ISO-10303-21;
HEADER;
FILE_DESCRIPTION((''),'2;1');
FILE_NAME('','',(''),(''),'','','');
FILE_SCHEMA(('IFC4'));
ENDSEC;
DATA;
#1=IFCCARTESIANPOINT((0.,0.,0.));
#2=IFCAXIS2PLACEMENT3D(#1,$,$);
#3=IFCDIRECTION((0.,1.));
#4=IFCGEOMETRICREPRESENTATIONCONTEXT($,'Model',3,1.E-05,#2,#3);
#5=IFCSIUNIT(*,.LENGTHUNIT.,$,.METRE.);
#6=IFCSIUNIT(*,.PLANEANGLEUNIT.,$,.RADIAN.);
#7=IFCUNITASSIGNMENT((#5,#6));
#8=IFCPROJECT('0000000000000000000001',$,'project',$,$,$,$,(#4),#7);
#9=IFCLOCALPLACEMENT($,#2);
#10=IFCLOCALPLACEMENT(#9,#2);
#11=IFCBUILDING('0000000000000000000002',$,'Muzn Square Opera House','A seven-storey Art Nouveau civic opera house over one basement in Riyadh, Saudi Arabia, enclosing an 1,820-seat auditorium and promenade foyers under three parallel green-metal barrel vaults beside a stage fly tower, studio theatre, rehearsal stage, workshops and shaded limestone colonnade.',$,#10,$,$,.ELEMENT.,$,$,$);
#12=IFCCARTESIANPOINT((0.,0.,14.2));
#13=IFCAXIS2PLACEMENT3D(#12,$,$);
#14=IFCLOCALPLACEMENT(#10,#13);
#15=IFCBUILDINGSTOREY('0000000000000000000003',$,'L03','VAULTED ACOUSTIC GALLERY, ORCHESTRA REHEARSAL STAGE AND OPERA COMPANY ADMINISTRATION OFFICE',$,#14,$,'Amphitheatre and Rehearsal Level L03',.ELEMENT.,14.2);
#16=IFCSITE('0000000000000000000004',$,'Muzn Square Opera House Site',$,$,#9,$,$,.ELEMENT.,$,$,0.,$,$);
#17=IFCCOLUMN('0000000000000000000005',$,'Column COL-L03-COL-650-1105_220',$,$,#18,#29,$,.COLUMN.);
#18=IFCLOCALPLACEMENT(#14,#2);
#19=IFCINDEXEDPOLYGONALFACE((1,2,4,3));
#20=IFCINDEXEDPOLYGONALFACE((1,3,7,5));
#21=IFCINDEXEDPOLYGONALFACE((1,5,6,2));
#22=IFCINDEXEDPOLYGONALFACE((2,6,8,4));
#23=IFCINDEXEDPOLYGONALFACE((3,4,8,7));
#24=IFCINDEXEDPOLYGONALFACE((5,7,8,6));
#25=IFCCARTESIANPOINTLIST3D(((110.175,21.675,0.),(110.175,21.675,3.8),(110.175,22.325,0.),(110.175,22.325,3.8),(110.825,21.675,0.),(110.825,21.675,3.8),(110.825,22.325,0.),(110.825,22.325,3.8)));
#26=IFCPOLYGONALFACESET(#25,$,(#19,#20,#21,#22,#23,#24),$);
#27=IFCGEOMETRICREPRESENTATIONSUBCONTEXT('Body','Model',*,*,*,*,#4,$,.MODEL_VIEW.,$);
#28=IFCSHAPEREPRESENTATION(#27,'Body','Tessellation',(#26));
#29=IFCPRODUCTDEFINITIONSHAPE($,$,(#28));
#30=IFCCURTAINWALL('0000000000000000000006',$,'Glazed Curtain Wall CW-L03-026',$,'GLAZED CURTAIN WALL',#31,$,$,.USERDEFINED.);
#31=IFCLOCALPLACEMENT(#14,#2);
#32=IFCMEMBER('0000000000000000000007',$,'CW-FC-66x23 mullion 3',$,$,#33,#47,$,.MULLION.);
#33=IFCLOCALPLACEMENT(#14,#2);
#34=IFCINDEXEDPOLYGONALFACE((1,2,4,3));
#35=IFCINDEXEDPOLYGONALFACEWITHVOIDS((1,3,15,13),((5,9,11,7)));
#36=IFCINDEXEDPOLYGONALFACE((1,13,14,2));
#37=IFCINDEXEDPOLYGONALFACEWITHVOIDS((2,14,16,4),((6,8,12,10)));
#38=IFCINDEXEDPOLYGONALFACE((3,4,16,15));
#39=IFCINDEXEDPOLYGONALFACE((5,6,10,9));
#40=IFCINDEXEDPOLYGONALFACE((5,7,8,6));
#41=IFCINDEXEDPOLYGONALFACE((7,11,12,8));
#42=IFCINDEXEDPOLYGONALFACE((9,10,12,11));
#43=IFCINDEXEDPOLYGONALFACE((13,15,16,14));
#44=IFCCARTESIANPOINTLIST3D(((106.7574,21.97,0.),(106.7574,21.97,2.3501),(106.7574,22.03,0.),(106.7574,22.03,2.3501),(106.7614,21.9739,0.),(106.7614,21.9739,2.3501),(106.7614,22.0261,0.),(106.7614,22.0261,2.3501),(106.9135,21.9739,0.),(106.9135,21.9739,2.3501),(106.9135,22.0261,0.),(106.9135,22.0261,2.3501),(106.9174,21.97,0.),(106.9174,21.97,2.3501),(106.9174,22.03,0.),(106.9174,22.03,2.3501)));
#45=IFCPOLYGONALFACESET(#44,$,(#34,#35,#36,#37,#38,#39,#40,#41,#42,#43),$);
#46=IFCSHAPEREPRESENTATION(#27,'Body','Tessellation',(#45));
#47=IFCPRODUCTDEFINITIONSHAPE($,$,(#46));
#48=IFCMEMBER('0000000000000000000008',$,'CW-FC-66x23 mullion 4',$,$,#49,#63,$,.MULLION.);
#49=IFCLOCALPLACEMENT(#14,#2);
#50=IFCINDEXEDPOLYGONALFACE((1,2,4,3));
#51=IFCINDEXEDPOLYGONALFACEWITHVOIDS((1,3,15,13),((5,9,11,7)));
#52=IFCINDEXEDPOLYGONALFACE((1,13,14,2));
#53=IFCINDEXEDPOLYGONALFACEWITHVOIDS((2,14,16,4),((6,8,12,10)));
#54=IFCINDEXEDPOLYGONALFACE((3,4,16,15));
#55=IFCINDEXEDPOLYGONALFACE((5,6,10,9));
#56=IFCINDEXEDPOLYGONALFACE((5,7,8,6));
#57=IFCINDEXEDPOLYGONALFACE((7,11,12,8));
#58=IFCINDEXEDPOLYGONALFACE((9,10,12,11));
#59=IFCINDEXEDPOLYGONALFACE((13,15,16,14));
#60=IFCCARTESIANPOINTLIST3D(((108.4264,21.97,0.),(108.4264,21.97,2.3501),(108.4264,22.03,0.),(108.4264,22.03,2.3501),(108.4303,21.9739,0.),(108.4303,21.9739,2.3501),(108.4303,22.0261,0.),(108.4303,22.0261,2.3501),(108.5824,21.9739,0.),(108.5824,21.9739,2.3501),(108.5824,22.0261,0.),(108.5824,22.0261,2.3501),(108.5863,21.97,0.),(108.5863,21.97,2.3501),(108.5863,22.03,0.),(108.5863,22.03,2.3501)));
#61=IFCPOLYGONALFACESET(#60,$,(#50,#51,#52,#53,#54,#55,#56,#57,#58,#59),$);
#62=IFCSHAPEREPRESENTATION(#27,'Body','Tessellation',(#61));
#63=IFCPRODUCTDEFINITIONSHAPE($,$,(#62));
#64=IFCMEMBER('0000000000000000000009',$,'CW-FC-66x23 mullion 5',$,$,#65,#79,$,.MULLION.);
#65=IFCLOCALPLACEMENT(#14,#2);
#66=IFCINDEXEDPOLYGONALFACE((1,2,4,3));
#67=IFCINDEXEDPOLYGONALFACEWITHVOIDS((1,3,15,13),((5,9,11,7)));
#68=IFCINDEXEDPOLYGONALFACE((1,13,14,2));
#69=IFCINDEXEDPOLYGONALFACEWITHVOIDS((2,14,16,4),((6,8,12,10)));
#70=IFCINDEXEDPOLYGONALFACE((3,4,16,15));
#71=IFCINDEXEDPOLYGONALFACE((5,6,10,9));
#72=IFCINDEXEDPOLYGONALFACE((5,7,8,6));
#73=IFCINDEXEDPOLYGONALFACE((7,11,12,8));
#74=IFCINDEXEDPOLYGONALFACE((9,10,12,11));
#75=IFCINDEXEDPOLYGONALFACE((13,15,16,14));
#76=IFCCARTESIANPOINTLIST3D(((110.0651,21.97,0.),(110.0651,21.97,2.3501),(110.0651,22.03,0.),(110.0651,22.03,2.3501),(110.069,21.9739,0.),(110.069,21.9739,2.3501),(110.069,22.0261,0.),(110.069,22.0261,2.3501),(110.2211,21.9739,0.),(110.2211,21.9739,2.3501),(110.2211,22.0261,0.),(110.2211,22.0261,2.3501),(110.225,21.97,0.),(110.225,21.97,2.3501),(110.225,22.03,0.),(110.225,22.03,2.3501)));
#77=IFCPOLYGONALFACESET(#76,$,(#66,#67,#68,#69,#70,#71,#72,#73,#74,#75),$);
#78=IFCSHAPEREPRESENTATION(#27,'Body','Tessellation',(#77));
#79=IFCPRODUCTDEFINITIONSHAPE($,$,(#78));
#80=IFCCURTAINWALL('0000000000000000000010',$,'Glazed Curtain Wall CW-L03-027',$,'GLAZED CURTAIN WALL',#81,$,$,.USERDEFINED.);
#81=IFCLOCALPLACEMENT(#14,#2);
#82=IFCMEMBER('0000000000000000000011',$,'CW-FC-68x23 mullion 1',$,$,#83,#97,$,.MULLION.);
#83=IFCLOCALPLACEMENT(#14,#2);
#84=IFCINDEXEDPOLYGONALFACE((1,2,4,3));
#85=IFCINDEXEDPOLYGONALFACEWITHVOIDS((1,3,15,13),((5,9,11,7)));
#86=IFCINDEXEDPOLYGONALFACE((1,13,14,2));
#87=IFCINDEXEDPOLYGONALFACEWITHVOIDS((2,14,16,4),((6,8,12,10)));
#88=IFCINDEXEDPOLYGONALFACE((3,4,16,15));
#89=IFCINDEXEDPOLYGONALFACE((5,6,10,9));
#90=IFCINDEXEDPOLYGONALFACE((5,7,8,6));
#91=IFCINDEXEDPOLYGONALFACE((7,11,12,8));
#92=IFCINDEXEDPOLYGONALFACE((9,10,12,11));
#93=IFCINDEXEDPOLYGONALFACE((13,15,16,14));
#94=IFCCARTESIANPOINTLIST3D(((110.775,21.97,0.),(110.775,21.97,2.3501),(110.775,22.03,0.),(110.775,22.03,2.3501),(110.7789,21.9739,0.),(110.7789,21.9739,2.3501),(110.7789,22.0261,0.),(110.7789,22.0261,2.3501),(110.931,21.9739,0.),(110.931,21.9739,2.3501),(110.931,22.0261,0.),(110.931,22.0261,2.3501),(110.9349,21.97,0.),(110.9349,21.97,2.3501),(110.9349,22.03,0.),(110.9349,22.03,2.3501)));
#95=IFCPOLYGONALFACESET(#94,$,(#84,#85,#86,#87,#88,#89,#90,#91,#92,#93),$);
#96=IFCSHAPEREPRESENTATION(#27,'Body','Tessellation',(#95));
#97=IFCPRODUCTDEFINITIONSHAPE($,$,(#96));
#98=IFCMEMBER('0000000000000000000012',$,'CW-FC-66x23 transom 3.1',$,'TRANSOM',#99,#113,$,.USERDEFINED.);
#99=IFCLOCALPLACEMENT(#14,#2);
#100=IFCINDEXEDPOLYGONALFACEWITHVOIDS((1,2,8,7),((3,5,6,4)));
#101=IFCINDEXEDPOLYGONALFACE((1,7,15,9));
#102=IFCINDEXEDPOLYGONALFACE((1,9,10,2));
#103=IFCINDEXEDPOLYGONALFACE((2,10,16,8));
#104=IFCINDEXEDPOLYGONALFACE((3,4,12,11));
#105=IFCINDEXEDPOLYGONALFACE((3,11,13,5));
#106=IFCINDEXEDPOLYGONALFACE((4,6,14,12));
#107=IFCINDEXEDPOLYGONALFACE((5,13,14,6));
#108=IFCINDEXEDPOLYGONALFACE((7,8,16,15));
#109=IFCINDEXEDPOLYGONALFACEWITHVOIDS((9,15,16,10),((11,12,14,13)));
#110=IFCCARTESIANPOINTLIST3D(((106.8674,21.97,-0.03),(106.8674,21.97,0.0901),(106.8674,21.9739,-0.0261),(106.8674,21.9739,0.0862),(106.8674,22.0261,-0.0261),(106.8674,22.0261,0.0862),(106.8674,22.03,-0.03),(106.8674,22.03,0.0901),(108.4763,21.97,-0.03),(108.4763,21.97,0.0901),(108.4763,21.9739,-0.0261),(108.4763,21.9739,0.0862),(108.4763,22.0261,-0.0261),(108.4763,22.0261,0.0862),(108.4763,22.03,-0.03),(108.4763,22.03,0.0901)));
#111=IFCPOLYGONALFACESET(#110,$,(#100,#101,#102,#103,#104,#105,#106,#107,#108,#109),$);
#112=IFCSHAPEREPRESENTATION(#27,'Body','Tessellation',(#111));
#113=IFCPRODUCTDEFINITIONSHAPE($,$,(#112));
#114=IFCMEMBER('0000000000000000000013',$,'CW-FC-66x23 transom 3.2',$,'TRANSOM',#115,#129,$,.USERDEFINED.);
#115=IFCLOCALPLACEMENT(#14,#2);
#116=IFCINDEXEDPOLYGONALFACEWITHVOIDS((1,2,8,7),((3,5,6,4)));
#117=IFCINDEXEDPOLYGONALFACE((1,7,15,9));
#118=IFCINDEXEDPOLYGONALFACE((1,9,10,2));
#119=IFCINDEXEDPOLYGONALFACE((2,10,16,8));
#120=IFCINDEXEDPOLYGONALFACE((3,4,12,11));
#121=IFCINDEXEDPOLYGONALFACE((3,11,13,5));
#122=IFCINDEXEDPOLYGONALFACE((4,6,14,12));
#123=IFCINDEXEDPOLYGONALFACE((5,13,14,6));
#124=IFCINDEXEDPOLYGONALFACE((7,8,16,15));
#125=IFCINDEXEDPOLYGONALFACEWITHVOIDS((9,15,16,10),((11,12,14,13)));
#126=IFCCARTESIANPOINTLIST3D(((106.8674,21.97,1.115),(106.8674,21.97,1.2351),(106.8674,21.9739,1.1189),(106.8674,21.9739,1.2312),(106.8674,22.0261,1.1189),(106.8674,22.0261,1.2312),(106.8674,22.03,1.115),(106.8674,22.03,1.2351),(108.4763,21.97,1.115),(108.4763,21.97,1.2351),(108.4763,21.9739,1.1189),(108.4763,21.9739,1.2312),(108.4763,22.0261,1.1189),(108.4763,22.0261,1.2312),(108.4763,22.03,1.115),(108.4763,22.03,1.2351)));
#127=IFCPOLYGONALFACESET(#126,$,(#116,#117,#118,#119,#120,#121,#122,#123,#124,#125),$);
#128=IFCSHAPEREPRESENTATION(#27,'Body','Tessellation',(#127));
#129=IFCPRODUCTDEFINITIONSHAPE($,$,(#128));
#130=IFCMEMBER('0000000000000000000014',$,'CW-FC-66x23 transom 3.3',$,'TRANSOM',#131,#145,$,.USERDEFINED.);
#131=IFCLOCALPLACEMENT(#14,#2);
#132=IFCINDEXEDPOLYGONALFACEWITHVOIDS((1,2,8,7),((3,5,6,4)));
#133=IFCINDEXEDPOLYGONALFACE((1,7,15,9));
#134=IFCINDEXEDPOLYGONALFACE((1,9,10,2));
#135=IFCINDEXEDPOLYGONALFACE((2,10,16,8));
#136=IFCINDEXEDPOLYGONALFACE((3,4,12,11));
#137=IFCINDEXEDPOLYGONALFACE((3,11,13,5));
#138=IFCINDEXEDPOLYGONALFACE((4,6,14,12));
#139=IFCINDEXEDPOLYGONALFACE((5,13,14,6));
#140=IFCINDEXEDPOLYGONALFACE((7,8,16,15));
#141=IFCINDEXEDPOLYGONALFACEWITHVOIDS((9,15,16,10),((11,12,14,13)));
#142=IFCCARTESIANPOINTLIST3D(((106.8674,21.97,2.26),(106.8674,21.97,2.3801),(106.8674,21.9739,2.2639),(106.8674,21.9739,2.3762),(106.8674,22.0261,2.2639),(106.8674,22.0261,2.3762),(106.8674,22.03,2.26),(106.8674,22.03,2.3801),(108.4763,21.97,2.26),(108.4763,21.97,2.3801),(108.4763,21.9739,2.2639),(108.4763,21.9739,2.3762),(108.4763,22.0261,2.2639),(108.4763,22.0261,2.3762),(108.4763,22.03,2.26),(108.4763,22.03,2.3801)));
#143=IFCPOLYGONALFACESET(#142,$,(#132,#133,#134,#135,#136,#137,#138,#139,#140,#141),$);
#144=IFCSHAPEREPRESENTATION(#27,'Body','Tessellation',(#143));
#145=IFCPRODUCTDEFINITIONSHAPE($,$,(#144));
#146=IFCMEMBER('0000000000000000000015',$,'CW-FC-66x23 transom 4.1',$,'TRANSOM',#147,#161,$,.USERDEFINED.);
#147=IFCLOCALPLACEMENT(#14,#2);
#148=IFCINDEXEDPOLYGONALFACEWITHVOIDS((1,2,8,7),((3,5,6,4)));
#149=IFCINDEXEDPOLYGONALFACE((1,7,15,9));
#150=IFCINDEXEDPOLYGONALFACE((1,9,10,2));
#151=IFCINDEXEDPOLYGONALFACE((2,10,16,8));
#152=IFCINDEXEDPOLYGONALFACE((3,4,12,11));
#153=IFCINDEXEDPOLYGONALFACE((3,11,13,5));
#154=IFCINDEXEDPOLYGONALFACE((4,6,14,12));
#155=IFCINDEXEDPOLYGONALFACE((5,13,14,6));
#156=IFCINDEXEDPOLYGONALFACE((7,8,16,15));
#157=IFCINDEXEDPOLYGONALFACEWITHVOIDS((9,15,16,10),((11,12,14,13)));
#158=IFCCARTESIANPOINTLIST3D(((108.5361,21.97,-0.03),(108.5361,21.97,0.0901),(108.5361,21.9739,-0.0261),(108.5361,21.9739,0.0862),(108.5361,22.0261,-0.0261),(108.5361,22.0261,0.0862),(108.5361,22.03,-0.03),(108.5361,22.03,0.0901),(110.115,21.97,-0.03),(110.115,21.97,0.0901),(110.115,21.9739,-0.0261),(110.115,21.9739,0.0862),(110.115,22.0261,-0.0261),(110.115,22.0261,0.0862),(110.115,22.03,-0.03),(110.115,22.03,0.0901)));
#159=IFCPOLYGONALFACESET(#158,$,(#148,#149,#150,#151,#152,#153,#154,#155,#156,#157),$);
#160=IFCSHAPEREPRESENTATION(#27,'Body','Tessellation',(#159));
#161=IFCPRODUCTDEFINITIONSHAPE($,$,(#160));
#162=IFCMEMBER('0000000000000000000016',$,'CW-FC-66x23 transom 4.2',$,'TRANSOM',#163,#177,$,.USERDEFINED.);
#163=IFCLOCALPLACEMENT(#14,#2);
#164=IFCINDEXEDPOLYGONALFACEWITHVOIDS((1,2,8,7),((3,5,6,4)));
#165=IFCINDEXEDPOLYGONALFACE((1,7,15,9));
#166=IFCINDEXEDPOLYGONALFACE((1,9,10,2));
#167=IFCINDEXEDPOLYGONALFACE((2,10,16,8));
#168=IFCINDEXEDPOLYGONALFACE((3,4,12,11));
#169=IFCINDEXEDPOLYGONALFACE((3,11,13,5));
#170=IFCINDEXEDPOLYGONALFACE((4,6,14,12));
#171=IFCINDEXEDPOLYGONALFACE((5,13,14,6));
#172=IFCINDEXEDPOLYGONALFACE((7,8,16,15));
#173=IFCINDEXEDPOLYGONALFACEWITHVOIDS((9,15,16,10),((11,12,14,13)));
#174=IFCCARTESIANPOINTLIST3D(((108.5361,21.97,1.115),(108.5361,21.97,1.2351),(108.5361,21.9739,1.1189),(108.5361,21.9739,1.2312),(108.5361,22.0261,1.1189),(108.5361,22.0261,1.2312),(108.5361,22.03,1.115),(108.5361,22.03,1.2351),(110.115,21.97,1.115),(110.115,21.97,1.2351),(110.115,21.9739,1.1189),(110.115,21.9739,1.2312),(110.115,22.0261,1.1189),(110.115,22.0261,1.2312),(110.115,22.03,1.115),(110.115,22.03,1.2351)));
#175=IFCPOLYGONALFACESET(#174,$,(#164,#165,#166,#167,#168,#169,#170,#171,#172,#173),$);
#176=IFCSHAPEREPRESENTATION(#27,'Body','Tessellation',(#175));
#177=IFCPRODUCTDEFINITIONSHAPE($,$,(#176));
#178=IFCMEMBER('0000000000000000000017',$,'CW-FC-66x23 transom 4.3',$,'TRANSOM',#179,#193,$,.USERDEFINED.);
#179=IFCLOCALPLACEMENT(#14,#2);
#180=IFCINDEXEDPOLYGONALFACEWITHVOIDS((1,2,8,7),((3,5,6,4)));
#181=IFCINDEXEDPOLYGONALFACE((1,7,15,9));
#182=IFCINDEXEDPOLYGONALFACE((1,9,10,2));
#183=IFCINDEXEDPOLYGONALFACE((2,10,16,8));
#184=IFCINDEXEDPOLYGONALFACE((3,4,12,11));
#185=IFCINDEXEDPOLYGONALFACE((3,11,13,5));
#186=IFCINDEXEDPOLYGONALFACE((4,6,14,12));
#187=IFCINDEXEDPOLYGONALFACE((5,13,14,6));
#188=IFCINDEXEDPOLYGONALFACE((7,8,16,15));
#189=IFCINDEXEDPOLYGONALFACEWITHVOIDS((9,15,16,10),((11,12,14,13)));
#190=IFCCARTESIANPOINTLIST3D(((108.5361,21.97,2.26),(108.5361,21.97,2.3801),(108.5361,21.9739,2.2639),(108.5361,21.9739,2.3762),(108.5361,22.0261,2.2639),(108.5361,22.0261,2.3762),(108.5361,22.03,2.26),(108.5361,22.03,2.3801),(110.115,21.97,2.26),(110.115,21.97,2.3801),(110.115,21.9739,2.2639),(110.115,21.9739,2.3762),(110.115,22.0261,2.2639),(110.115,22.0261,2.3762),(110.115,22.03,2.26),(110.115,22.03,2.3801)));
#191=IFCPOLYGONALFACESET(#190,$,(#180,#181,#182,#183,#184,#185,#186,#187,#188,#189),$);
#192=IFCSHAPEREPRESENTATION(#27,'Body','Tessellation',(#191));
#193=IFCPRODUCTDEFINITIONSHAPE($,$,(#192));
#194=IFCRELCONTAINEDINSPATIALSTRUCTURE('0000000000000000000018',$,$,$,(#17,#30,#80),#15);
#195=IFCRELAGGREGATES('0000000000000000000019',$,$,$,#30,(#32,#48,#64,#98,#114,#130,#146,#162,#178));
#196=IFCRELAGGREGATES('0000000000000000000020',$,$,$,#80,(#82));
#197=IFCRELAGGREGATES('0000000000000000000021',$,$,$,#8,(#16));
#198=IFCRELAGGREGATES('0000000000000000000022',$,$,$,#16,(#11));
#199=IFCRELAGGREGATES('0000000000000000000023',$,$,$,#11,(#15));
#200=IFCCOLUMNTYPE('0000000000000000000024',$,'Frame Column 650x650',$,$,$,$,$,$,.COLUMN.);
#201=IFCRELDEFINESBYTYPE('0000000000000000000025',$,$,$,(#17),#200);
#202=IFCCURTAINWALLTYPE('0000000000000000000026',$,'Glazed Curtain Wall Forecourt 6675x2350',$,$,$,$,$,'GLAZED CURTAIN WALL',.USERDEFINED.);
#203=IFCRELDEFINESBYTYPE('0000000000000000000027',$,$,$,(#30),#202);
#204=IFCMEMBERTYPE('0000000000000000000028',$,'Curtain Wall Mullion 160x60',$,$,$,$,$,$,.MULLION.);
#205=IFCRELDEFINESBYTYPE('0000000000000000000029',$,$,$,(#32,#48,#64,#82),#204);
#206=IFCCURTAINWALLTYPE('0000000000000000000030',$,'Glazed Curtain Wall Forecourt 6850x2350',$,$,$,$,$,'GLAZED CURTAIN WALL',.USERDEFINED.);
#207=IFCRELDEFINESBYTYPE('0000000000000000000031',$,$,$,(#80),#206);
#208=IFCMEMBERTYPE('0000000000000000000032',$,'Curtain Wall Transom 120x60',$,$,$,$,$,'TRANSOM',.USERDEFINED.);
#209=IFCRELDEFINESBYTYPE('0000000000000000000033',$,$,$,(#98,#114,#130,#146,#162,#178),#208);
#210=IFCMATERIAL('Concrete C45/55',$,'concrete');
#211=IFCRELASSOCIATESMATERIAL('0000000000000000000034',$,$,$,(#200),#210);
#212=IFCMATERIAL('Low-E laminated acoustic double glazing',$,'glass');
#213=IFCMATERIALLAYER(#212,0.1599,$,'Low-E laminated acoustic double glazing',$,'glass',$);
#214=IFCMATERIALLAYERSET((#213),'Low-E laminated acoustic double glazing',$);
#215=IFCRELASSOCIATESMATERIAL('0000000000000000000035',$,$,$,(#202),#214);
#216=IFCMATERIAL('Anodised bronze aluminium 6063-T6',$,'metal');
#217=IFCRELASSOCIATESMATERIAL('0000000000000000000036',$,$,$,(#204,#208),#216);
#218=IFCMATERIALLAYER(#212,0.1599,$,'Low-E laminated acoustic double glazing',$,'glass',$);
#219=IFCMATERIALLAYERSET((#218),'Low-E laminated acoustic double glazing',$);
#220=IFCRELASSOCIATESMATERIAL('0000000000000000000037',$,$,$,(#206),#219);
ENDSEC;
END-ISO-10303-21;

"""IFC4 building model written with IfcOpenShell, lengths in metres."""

from ifc_helpers import new_model, si_unit, direction, frame, origin, origin_2d, place, context, subcontext, project, spatial, rectangle, hollow_rectangle, extrude, material, layer, layer_set, material_profile, profile_set, type_object, element, aggregate, save


model = new_model("IFC4")

# Units and contexts
model_context = context("Model", 3, precision=1e-05, world=origin(), true_north=direction((0.0, 1.0)))
body_context = subcontext(model_context, "Body", "Model", "MODEL_VIEW")
ifc_project = project(units=[si_unit("LENGTHUNIT", "METRE"), si_unit("PLANEANGLEUNIT", "RADIAN")], contexts=[model_context])

# Site, building, storey
site_placement = place(None, origin())
site = spatial("IfcSite", under=ifc_project, at=site_placement, Name="Muzn Square Opera House Site", CompositionType="ELEMENT", RefElevation=0.0)
building_placement = place(site_placement, origin())
building = spatial("IfcBuilding", under=site, at=building_placement, Name="Muzn Square Opera House", Description="A seven-storey Art Nouveau civic opera house over one basement in Riyadh, Saudi Arabia, enclosing an 1,820-seat auditorium and promenade foyers under three parallel green-metal barrel vaults beside a stage fly tower, studio theatre, rehearsal stage, workshops and shaded limestone colonnade.", CompositionType="ELEMENT")
storey_placement = place(building_placement, frame((0.0, 0.0, 14.2)))
storey = spatial("IfcBuildingStorey", under=building, at=storey_placement, Name="L03", Description="VAULTED ACOUSTIC GALLERY, ORCHESTRA REHEARSAL STAGE AND OPERA COMPANY ADMINISTRATION OFFICE", LongName="Amphitheatre and Rehearsal Level L03", CompositionType="ELEMENT", Elevation=14.2)

# Column
ifc_material_1 = material(Name="Concrete C45/55", Category="concrete")
ifc_material_profile_1 = material_profile(ifc_material_1, rectangle(XDim=0.6499, YDim=0.6499, at=origin_2d()), Name="RC 650x650", Category="concrete")
ifc_profile_set_1 = profile_set([ifc_material_profile_1], Name="Concrete C45/55")
column_type = type_object("IfcColumnType", Name="Frame Column 650x650", PredefinedType="COLUMN", material=ifc_profile_set_1)
column_placement = place(storey_placement, frame((110.5, 22.0, 0.0), z_axis=(0.0, 0.0, 1.0), x_axis=(1.0, 0.0, 0.0)))
element("IfcColumn", 1, at=column_placement, inside=storey, type_object=column_type, Name="Column COL-L03-COL-650-1105_220", PredefinedType="COLUMN", context=body_context, shape_type="SweptSolid", body=[
    extrude(rectangle(XDim=0.6499, YDim=0.6499, at=origin_2d()), origin(), (0.0, 0.0, 1.0), 3.8),
])

# Curtain wall, members
ifc_material_2 = material(Name="Low-E laminated acoustic double glazing", Category="glass")
ifc_layer_1 = layer(ifc_material_2, 0.1599, Name="Low-E laminated acoustic double glazing", Category="glass")
ifc_layer_set_1 = layer_set([ifc_layer_1], Name="Low-E laminated acoustic double glazing")
curtain_wall_type_1 = type_object("IfcCurtainWallType", Name="Glazed Curtain Wall Forecourt 6675x2350", ElementType="GLAZED CURTAIN WALL", PredefinedType="USERDEFINED", material=ifc_layer_set_1)
curtain_wall_1_placement = place(storey_placement, origin())
curtain_wall_1 = element("IfcCurtainWall", 2, at=curtain_wall_1_placement, inside=storey, type_object=curtain_wall_type_1, Name="Glazed Curtain Wall CW-L03-026", ObjectType="GLAZED CURTAIN WALL", PredefinedType="USERDEFINED")
ifc_material_3 = material(Name="Anodised bronze aluminium 6063-T6", Category="metal")
ifc_material_profile_2 = material_profile(ifc_material_3, hollow_rectangle(XDim=0.0601, YDim=0.1599, WallThickness=0.0039, at=origin_2d()), Name="ALU 160x60x4", Category="metal")
ifc_profile_set_2 = profile_set([ifc_material_profile_2], Name="Anodised bronze aluminium 6063-T6")
member_type_1 = type_object("IfcMemberType", Name="Curtain Wall Mullion 160x60", PredefinedType="MULLION", material=ifc_profile_set_2)
member_1_placement = place(storey_placement, frame((106.8374, 22.0, 0.0), z_axis=(0.0, 0.0, 1.0), x_axis=(0.0, 1.0, 0.0)))
member_1 = element("IfcMember", 3, at=member_1_placement, type_object=member_type_1, Name="CW-FC-66x23 mullion 3", PredefinedType="MULLION", context=body_context, shape_type="SweptSolid", body=[
    extrude(hollow_rectangle(XDim=0.0601, YDim=0.1599, WallThickness=0.0039, at=origin_2d()), origin(), (0.0, 0.0, 1.0), 2.3501),
])
member_2_placement = place(storey_placement, frame((108.5063, 22.0, 0.0), z_axis=(0.0, 0.0, 1.0), x_axis=(0.0, 1.0, 0.0)))
member_2 = element("IfcMember", 4, at=member_2_placement, type_object=member_type_1, Name="CW-FC-66x23 mullion 4", PredefinedType="MULLION", context=body_context, shape_type="SweptSolid", body=[
    extrude(hollow_rectangle(XDim=0.0601, YDim=0.1599, WallThickness=0.0039, at=origin_2d()), origin(), (0.0, 0.0, 1.0), 2.3501),
])
member_3_placement = place(storey_placement, frame((110.145, 22.0, 0.0), z_axis=(0.0, 0.0, 1.0), x_axis=(0.0, 1.0, 0.0)))
member_3 = element("IfcMember", 5, at=member_3_placement, type_object=member_type_1, Name="CW-FC-66x23 mullion 5", PredefinedType="MULLION", context=body_context, shape_type="SweptSolid", body=[
    extrude(hollow_rectangle(XDim=0.0601, YDim=0.1599, WallThickness=0.0039, at=origin_2d()), origin(), (0.0, 0.0, 1.0), 2.3501),
])

# Curtain wall, member
ifc_layer_2 = layer(ifc_material_2, 0.1599, Name="Low-E laminated acoustic double glazing", Category="glass")
ifc_layer_set_2 = layer_set([ifc_layer_2], Name="Low-E laminated acoustic double glazing")
curtain_wall_type_2 = type_object("IfcCurtainWallType", Name="Glazed Curtain Wall Forecourt 6850x2350", ElementType="GLAZED CURTAIN WALL", PredefinedType="USERDEFINED", material=ifc_layer_set_2)
curtain_wall_2_placement = place(storey_placement, origin())
curtain_wall_2 = element("IfcCurtainWall", 6, at=curtain_wall_2_placement, inside=storey, type_object=curtain_wall_type_2, Name="Glazed Curtain Wall CW-L03-027", ObjectType="GLAZED CURTAIN WALL", PredefinedType="USERDEFINED")
member_4_placement = place(storey_placement, frame((110.855, 22.0, 0.0), z_axis=(0.0, 0.0, 1.0), x_axis=(0.0, 1.0, 0.0)))
member_4 = element("IfcMember", 7, at=member_4_placement, type_object=member_type_1, Name="CW-FC-68x23 mullion 1", PredefinedType="MULLION", context=body_context, shape_type="SweptSolid", body=[
    extrude(hollow_rectangle(XDim=0.0601, YDim=0.1599, WallThickness=0.0039, at=origin_2d()), origin(), (0.0, 0.0, 1.0), 2.3501),
])

# Members
ifc_material_profile_3 = material_profile(ifc_material_3, hollow_rectangle(XDim=0.0601, YDim=0.1201, WallThickness=0.0039, at=origin_2d()), Name="ALU 120x60x4", Category="metal")
ifc_profile_set_3 = profile_set([ifc_material_profile_3], Name="Anodised bronze aluminium 6063-T6")
member_type_2 = type_object("IfcMemberType", Name="Curtain Wall Transom 120x60", ElementType="TRANSOM", PredefinedType="USERDEFINED", material=ifc_profile_set_3)
member_5_placement = place(storey_placement, frame((106.8674, 22.0, 0.03), z_axis=(1.0, 0.0, 0.0), x_axis=(0.0, 1.0, 0.0)))
member_5 = element("IfcMember", 8, at=member_5_placement, type_object=member_type_2, Name="CW-FC-66x23 transom 3.1", ObjectType="TRANSOM", PredefinedType="USERDEFINED", context=body_context, shape_type="SweptSolid", body=[
    extrude(hollow_rectangle(XDim=0.0601, YDim=0.1201, WallThickness=0.0039, at=origin_2d()), origin(), (0.0, 0.0, 1.0), 1.6089),
])
member_6_placement = place(storey_placement, frame((106.8674, 22.0, 1.175), z_axis=(1.0, 0.0, 0.0), x_axis=(0.0, 1.0, 0.0)))
member_6 = element("IfcMember", 9, at=member_6_placement, type_object=member_type_2, Name="CW-FC-66x23 transom 3.2", ObjectType="TRANSOM", PredefinedType="USERDEFINED", context=body_context, shape_type="SweptSolid", body=[
    extrude(hollow_rectangle(XDim=0.0601, YDim=0.1201, WallThickness=0.0039, at=origin_2d()), origin(), (0.0, 0.0, 1.0), 1.6089),
])
member_7_placement = place(storey_placement, frame((106.8674, 22.0, 2.3201), z_axis=(1.0, 0.0, 0.0), x_axis=(0.0, 1.0, 0.0)))
member_7 = element("IfcMember", 10, at=member_7_placement, type_object=member_type_2, Name="CW-FC-66x23 transom 3.3", ObjectType="TRANSOM", PredefinedType="USERDEFINED", context=body_context, shape_type="SweptSolid", body=[
    extrude(hollow_rectangle(XDim=0.0601, YDim=0.1201, WallThickness=0.0039, at=origin_2d()), origin(), (0.0, 0.0, 1.0), 1.6089),
])
member_8_placement = place(storey_placement, frame((108.5361, 22.0, 0.03), z_axis=(1.0, 0.0, 0.0), x_axis=(0.0, 1.0, 0.0)))
member_8 = element("IfcMember", 11, at=member_8_placement, type_object=member_type_2, Name="CW-FC-66x23 transom 4.1", ObjectType="TRANSOM", PredefinedType="USERDEFINED", context=body_context, shape_type="SweptSolid", body=[
    extrude(hollow_rectangle(XDim=0.0601, YDim=0.1201, WallThickness=0.0039, at=origin_2d()), origin(), (0.0, 0.0, 1.0), 1.5789),
])
member_9_placement = place(storey_placement, frame((108.5361, 22.0, 1.175), z_axis=(1.0, 0.0, 0.0), x_axis=(0.0, 1.0, 0.0)))
member_9 = element("IfcMember", 12, at=member_9_placement, type_object=member_type_2, Name="CW-FC-66x23 transom 4.2", ObjectType="TRANSOM", PredefinedType="USERDEFINED", context=body_context, shape_type="SweptSolid", body=[
    extrude(hollow_rectangle(XDim=0.0601, YDim=0.1201, WallThickness=0.0039, at=origin_2d()), origin(), (0.0, 0.0, 1.0), 1.5789),
])
member_10_placement = place(storey_placement, frame((108.5361, 22.0, 2.3201), z_axis=(1.0, 0.0, 0.0), x_axis=(0.0, 1.0, 0.0)))
member_10 = element("IfcMember", 13, at=member_10_placement, type_object=member_type_2, Name="CW-FC-66x23 transom 4.3", ObjectType="TRANSOM", PredefinedType="USERDEFINED", context=body_context, shape_type="SweptSolid", body=[
    extrude(hollow_rectangle(XDim=0.0601, YDim=0.1201, WallThickness=0.0039, at=origin_2d()), origin(), (0.0, 0.0, 1.0), 1.5789),
])

aggregate(curtain_wall_1, [member_1, member_2, member_3, member_5, member_6, member_7, member_8, member_9, member_10])
aggregate(curtain_wall_2, [member_4])

save(model, "model.ifc")
